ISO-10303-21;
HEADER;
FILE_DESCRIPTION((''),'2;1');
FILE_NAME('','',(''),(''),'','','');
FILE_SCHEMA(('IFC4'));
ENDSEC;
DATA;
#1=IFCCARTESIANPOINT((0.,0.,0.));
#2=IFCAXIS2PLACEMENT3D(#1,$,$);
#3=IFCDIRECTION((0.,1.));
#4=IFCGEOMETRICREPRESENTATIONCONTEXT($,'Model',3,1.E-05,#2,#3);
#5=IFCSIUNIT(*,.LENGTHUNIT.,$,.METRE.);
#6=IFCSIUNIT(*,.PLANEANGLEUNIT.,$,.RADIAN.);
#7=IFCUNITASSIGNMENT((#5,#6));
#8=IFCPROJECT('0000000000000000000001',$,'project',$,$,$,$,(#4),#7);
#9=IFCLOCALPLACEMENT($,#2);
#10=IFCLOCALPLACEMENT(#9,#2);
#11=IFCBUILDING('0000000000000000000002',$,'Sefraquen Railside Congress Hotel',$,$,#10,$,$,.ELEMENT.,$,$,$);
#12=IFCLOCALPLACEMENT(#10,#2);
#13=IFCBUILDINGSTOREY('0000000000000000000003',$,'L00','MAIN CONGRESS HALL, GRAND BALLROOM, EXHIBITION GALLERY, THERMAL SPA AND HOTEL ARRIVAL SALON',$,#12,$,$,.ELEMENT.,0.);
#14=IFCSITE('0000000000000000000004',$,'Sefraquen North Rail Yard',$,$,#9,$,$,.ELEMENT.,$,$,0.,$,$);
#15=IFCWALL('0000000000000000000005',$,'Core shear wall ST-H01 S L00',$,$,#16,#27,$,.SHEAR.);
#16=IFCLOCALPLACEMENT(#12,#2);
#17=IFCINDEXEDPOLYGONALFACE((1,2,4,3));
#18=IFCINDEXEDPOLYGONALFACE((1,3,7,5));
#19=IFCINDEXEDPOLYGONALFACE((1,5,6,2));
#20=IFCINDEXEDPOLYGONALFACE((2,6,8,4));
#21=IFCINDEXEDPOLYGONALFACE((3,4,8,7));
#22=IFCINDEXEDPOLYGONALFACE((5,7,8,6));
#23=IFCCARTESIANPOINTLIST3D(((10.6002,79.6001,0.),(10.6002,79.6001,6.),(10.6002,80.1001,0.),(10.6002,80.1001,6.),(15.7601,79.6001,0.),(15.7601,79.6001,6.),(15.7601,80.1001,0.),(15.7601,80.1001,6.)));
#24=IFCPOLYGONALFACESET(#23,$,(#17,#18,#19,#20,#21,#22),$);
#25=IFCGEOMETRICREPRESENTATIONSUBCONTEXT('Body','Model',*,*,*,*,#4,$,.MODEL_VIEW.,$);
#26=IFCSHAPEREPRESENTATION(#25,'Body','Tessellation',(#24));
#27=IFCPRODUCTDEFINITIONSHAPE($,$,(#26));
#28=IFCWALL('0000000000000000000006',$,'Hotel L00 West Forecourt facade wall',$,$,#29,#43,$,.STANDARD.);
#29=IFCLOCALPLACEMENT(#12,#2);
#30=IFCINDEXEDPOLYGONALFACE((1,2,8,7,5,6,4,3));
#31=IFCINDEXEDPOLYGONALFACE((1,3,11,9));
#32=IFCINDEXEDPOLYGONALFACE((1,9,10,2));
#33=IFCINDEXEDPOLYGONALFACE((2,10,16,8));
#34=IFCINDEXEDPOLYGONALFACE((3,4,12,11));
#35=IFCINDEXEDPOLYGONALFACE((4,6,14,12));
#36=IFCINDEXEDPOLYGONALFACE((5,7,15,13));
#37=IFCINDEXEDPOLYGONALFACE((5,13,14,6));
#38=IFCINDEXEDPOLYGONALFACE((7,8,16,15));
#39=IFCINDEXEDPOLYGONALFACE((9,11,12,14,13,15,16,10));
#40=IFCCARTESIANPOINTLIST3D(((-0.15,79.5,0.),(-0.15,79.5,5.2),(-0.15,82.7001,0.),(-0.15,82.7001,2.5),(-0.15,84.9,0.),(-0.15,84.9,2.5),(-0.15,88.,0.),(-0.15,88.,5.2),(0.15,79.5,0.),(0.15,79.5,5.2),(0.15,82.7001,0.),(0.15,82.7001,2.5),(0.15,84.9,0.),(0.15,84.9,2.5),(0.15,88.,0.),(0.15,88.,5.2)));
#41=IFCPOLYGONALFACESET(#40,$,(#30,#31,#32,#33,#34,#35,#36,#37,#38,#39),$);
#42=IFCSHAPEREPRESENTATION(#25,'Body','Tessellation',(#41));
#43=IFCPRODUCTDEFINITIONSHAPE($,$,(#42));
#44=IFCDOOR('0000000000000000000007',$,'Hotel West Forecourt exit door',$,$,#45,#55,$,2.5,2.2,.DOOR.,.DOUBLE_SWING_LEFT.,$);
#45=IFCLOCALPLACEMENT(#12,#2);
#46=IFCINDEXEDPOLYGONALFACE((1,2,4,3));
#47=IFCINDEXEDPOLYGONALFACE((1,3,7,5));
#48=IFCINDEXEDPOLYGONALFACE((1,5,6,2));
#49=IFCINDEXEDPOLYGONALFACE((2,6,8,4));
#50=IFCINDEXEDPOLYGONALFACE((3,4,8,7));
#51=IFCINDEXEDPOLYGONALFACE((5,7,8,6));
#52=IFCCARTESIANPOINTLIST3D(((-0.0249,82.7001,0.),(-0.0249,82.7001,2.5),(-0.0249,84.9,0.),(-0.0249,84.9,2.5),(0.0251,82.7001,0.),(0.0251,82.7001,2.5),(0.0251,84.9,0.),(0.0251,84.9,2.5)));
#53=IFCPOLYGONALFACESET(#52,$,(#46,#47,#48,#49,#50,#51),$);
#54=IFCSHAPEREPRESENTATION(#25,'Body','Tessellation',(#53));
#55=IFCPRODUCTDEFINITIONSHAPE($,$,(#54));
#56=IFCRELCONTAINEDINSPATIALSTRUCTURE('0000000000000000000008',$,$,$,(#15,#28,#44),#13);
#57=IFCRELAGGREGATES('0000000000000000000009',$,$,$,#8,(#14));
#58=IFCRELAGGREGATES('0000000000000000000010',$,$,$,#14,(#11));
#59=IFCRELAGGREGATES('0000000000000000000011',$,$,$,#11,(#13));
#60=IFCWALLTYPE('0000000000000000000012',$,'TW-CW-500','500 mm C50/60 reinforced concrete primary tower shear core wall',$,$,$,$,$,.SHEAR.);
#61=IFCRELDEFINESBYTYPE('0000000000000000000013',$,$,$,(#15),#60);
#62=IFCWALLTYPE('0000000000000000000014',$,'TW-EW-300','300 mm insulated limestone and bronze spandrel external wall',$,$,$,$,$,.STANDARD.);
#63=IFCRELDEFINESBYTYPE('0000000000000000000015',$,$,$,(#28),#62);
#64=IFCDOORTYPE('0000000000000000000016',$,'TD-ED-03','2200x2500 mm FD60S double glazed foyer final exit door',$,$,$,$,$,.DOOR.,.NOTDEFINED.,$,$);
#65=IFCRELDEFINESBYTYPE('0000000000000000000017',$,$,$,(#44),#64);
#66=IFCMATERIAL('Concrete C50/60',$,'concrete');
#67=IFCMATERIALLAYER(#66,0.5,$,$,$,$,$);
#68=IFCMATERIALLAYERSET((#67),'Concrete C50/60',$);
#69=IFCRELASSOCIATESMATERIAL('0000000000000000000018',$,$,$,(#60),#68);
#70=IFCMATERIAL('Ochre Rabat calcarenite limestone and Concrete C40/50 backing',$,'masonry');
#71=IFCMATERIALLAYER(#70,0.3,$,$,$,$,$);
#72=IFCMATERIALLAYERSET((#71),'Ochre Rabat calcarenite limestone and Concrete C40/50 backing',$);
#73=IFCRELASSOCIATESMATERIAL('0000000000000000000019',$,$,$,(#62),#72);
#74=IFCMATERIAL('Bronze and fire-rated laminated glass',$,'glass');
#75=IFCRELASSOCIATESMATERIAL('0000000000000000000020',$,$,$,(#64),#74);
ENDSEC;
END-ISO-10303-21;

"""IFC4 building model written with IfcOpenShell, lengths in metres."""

from ifc_helpers import new_model, si_unit, direction, frame, frame_2d, origin, place, context, subcontext, project, spatial, rectangle, extrude, material, layer, layer_set, type_object, element, fill, save


model = new_model("IFC4")

# Units and contexts
model_context = context("Model", 3, precision=1e-05, world=origin(), true_north=direction((0.0, 1.0)))
body_context = subcontext(model_context, "Body", "Model", "MODEL_VIEW")
ifc_project = project(units=[si_unit("LENGTHUNIT", "METRE"), si_unit("PLANEANGLEUNIT", "RADIAN")], contexts=[model_context])

# Site, building, storey
site_placement = place(None, origin())
site = spatial("IfcSite", under=ifc_project, at=site_placement, Name="Sefraquen North Rail Yard", CompositionType="ELEMENT", RefElevation=0.0)
building_placement = place(site_placement, origin())
building = spatial("IfcBuilding", under=site, at=building_placement, Name="Sefraquen Railside Congress Hotel", CompositionType="ELEMENT")
storey_placement = place(building_placement, origin())
storey = spatial("IfcBuildingStorey", under=building, at=storey_placement, Name="L00", Description="MAIN CONGRESS HALL, GRAND BALLROOM, EXHIBITION GALLERY, THERMAL SPA AND HOTEL ARRIVAL SALON", CompositionType="ELEMENT", Elevation=0.0)

# Wall
ifc_material_1 = material(Name="Concrete C50/60", Category="concrete")
ifc_layer_1 = layer(ifc_material_1, 0.5)
ifc_layer_set_1 = layer_set([ifc_layer_1], Name="Concrete C50/60")
wall_type_1 = type_object("IfcWallType", Name="TW-CW-500", Description="500 mm C50/60 reinforced concrete primary tower shear core wall", PredefinedType="SHEAR", material=ifc_layer_set_1)
wall_1_placement = place(storey_placement, frame((10.6001, 79.8501, 0.0), z_axis=(0.0, 0.0, 1.0), x_axis=(1.0, 0.0, 0.0)))
element("IfcWall", 1, at=wall_1_placement, inside=storey, type_object=wall_type_1, Name="Core shear wall ST-H01 S L00", PredefinedType="SHEAR", context=body_context, shape_type="SweptSolid", body=[
    extrude(rectangle(XDim=5.1599, YDim=0.5, at=frame_2d((2.5801, 0.0))), origin(), (0.0, 0.0, 1.0), 6.0),
])

# Wall, opening, door
ifc_material_2 = material(Name="Ochre Rabat calcarenite limestone and Concrete C40/50 backing", Category="masonry")
ifc_layer_2 = layer(ifc_material_2, 0.3)
ifc_layer_set_2 = layer_set([ifc_layer_2], Name="Ochre Rabat calcarenite limestone and Concrete C40/50 backing")
wall_type_2 = type_object("IfcWallType", Name="TW-EW-300", Description="300 mm insulated limestone and bronze spandrel external wall", PredefinedType="STANDARD", material=ifc_layer_set_2)
wall_2_placement = place(storey_placement, frame((0.0, 79.5, 0.0), z_axis=(0.0, 0.0, 1.0), x_axis=(0.0, 1.0, 0.0)))
wall_2 = element("IfcWall", 2, at=wall_2_placement, inside=storey, type_object=wall_type_2, Name="Hotel L00 West Forecourt facade wall", PredefinedType="STANDARD", context=body_context, shape_type="SweptSolid", body=[
    extrude(rectangle(XDim=8.5, YDim=0.3, at=frame_2d((4.25, 0.0))), origin(), (0.0, 0.0, 1.0), 5.2),
])
opening_placement = place(wall_2_placement, frame((3.2, 0.0, 0.0)))
opening = element("IfcOpeningElement", 3, at=opening_placement, cuts=wall_2, PredefinedType="OPENING", context=body_context, shape_type="SweptSolid", body=[
    extrude(rectangle(XDim=2.2, YDim=2.5, at=frame_2d((1.1001, 1.25))), frame((0.0, 0.1599, 0.0), z_axis=(0.0, -1.0, 0.0), x_axis=(1.0, 0.0, 0.0)), (0.0, 0.0, 1.0), 0.3201),
])
ifc_material_3 = material(Name="Bronze and fire-rated laminated glass", Category="glass")
door_type = type_object("IfcDoorType", Name="TD-ED-03", Description="2200x2500 mm FD60S double glazed foyer final exit door", OperationType="NOTDEFINED", PredefinedType="DOOR", material=ifc_material_3)
door_placement = place(opening_placement, origin())
door = element("IfcDoor", 4, at=door_placement, inside=storey, type_object=door_type, Name="Hotel West Forecourt exit door", OperationType="DOUBLE_SWING_LEFT", OverallHeight=2.5, OverallWidth=2.2, PredefinedType="DOOR", context=body_context, shape_type="SweptSolid", body=[
    extrude(rectangle(XDim=2.2, YDim=2.5, at=frame_2d((1.1001, 1.25))), frame((0.0, 0.0249, 0.0), z_axis=(0.0, -1.0, 0.0), x_axis=(1.0, 0.0, 0.0)), (0.0, 0.0, 1.0), 0.05),
])
fill(opening, door)

save(model, "model.ifc")
